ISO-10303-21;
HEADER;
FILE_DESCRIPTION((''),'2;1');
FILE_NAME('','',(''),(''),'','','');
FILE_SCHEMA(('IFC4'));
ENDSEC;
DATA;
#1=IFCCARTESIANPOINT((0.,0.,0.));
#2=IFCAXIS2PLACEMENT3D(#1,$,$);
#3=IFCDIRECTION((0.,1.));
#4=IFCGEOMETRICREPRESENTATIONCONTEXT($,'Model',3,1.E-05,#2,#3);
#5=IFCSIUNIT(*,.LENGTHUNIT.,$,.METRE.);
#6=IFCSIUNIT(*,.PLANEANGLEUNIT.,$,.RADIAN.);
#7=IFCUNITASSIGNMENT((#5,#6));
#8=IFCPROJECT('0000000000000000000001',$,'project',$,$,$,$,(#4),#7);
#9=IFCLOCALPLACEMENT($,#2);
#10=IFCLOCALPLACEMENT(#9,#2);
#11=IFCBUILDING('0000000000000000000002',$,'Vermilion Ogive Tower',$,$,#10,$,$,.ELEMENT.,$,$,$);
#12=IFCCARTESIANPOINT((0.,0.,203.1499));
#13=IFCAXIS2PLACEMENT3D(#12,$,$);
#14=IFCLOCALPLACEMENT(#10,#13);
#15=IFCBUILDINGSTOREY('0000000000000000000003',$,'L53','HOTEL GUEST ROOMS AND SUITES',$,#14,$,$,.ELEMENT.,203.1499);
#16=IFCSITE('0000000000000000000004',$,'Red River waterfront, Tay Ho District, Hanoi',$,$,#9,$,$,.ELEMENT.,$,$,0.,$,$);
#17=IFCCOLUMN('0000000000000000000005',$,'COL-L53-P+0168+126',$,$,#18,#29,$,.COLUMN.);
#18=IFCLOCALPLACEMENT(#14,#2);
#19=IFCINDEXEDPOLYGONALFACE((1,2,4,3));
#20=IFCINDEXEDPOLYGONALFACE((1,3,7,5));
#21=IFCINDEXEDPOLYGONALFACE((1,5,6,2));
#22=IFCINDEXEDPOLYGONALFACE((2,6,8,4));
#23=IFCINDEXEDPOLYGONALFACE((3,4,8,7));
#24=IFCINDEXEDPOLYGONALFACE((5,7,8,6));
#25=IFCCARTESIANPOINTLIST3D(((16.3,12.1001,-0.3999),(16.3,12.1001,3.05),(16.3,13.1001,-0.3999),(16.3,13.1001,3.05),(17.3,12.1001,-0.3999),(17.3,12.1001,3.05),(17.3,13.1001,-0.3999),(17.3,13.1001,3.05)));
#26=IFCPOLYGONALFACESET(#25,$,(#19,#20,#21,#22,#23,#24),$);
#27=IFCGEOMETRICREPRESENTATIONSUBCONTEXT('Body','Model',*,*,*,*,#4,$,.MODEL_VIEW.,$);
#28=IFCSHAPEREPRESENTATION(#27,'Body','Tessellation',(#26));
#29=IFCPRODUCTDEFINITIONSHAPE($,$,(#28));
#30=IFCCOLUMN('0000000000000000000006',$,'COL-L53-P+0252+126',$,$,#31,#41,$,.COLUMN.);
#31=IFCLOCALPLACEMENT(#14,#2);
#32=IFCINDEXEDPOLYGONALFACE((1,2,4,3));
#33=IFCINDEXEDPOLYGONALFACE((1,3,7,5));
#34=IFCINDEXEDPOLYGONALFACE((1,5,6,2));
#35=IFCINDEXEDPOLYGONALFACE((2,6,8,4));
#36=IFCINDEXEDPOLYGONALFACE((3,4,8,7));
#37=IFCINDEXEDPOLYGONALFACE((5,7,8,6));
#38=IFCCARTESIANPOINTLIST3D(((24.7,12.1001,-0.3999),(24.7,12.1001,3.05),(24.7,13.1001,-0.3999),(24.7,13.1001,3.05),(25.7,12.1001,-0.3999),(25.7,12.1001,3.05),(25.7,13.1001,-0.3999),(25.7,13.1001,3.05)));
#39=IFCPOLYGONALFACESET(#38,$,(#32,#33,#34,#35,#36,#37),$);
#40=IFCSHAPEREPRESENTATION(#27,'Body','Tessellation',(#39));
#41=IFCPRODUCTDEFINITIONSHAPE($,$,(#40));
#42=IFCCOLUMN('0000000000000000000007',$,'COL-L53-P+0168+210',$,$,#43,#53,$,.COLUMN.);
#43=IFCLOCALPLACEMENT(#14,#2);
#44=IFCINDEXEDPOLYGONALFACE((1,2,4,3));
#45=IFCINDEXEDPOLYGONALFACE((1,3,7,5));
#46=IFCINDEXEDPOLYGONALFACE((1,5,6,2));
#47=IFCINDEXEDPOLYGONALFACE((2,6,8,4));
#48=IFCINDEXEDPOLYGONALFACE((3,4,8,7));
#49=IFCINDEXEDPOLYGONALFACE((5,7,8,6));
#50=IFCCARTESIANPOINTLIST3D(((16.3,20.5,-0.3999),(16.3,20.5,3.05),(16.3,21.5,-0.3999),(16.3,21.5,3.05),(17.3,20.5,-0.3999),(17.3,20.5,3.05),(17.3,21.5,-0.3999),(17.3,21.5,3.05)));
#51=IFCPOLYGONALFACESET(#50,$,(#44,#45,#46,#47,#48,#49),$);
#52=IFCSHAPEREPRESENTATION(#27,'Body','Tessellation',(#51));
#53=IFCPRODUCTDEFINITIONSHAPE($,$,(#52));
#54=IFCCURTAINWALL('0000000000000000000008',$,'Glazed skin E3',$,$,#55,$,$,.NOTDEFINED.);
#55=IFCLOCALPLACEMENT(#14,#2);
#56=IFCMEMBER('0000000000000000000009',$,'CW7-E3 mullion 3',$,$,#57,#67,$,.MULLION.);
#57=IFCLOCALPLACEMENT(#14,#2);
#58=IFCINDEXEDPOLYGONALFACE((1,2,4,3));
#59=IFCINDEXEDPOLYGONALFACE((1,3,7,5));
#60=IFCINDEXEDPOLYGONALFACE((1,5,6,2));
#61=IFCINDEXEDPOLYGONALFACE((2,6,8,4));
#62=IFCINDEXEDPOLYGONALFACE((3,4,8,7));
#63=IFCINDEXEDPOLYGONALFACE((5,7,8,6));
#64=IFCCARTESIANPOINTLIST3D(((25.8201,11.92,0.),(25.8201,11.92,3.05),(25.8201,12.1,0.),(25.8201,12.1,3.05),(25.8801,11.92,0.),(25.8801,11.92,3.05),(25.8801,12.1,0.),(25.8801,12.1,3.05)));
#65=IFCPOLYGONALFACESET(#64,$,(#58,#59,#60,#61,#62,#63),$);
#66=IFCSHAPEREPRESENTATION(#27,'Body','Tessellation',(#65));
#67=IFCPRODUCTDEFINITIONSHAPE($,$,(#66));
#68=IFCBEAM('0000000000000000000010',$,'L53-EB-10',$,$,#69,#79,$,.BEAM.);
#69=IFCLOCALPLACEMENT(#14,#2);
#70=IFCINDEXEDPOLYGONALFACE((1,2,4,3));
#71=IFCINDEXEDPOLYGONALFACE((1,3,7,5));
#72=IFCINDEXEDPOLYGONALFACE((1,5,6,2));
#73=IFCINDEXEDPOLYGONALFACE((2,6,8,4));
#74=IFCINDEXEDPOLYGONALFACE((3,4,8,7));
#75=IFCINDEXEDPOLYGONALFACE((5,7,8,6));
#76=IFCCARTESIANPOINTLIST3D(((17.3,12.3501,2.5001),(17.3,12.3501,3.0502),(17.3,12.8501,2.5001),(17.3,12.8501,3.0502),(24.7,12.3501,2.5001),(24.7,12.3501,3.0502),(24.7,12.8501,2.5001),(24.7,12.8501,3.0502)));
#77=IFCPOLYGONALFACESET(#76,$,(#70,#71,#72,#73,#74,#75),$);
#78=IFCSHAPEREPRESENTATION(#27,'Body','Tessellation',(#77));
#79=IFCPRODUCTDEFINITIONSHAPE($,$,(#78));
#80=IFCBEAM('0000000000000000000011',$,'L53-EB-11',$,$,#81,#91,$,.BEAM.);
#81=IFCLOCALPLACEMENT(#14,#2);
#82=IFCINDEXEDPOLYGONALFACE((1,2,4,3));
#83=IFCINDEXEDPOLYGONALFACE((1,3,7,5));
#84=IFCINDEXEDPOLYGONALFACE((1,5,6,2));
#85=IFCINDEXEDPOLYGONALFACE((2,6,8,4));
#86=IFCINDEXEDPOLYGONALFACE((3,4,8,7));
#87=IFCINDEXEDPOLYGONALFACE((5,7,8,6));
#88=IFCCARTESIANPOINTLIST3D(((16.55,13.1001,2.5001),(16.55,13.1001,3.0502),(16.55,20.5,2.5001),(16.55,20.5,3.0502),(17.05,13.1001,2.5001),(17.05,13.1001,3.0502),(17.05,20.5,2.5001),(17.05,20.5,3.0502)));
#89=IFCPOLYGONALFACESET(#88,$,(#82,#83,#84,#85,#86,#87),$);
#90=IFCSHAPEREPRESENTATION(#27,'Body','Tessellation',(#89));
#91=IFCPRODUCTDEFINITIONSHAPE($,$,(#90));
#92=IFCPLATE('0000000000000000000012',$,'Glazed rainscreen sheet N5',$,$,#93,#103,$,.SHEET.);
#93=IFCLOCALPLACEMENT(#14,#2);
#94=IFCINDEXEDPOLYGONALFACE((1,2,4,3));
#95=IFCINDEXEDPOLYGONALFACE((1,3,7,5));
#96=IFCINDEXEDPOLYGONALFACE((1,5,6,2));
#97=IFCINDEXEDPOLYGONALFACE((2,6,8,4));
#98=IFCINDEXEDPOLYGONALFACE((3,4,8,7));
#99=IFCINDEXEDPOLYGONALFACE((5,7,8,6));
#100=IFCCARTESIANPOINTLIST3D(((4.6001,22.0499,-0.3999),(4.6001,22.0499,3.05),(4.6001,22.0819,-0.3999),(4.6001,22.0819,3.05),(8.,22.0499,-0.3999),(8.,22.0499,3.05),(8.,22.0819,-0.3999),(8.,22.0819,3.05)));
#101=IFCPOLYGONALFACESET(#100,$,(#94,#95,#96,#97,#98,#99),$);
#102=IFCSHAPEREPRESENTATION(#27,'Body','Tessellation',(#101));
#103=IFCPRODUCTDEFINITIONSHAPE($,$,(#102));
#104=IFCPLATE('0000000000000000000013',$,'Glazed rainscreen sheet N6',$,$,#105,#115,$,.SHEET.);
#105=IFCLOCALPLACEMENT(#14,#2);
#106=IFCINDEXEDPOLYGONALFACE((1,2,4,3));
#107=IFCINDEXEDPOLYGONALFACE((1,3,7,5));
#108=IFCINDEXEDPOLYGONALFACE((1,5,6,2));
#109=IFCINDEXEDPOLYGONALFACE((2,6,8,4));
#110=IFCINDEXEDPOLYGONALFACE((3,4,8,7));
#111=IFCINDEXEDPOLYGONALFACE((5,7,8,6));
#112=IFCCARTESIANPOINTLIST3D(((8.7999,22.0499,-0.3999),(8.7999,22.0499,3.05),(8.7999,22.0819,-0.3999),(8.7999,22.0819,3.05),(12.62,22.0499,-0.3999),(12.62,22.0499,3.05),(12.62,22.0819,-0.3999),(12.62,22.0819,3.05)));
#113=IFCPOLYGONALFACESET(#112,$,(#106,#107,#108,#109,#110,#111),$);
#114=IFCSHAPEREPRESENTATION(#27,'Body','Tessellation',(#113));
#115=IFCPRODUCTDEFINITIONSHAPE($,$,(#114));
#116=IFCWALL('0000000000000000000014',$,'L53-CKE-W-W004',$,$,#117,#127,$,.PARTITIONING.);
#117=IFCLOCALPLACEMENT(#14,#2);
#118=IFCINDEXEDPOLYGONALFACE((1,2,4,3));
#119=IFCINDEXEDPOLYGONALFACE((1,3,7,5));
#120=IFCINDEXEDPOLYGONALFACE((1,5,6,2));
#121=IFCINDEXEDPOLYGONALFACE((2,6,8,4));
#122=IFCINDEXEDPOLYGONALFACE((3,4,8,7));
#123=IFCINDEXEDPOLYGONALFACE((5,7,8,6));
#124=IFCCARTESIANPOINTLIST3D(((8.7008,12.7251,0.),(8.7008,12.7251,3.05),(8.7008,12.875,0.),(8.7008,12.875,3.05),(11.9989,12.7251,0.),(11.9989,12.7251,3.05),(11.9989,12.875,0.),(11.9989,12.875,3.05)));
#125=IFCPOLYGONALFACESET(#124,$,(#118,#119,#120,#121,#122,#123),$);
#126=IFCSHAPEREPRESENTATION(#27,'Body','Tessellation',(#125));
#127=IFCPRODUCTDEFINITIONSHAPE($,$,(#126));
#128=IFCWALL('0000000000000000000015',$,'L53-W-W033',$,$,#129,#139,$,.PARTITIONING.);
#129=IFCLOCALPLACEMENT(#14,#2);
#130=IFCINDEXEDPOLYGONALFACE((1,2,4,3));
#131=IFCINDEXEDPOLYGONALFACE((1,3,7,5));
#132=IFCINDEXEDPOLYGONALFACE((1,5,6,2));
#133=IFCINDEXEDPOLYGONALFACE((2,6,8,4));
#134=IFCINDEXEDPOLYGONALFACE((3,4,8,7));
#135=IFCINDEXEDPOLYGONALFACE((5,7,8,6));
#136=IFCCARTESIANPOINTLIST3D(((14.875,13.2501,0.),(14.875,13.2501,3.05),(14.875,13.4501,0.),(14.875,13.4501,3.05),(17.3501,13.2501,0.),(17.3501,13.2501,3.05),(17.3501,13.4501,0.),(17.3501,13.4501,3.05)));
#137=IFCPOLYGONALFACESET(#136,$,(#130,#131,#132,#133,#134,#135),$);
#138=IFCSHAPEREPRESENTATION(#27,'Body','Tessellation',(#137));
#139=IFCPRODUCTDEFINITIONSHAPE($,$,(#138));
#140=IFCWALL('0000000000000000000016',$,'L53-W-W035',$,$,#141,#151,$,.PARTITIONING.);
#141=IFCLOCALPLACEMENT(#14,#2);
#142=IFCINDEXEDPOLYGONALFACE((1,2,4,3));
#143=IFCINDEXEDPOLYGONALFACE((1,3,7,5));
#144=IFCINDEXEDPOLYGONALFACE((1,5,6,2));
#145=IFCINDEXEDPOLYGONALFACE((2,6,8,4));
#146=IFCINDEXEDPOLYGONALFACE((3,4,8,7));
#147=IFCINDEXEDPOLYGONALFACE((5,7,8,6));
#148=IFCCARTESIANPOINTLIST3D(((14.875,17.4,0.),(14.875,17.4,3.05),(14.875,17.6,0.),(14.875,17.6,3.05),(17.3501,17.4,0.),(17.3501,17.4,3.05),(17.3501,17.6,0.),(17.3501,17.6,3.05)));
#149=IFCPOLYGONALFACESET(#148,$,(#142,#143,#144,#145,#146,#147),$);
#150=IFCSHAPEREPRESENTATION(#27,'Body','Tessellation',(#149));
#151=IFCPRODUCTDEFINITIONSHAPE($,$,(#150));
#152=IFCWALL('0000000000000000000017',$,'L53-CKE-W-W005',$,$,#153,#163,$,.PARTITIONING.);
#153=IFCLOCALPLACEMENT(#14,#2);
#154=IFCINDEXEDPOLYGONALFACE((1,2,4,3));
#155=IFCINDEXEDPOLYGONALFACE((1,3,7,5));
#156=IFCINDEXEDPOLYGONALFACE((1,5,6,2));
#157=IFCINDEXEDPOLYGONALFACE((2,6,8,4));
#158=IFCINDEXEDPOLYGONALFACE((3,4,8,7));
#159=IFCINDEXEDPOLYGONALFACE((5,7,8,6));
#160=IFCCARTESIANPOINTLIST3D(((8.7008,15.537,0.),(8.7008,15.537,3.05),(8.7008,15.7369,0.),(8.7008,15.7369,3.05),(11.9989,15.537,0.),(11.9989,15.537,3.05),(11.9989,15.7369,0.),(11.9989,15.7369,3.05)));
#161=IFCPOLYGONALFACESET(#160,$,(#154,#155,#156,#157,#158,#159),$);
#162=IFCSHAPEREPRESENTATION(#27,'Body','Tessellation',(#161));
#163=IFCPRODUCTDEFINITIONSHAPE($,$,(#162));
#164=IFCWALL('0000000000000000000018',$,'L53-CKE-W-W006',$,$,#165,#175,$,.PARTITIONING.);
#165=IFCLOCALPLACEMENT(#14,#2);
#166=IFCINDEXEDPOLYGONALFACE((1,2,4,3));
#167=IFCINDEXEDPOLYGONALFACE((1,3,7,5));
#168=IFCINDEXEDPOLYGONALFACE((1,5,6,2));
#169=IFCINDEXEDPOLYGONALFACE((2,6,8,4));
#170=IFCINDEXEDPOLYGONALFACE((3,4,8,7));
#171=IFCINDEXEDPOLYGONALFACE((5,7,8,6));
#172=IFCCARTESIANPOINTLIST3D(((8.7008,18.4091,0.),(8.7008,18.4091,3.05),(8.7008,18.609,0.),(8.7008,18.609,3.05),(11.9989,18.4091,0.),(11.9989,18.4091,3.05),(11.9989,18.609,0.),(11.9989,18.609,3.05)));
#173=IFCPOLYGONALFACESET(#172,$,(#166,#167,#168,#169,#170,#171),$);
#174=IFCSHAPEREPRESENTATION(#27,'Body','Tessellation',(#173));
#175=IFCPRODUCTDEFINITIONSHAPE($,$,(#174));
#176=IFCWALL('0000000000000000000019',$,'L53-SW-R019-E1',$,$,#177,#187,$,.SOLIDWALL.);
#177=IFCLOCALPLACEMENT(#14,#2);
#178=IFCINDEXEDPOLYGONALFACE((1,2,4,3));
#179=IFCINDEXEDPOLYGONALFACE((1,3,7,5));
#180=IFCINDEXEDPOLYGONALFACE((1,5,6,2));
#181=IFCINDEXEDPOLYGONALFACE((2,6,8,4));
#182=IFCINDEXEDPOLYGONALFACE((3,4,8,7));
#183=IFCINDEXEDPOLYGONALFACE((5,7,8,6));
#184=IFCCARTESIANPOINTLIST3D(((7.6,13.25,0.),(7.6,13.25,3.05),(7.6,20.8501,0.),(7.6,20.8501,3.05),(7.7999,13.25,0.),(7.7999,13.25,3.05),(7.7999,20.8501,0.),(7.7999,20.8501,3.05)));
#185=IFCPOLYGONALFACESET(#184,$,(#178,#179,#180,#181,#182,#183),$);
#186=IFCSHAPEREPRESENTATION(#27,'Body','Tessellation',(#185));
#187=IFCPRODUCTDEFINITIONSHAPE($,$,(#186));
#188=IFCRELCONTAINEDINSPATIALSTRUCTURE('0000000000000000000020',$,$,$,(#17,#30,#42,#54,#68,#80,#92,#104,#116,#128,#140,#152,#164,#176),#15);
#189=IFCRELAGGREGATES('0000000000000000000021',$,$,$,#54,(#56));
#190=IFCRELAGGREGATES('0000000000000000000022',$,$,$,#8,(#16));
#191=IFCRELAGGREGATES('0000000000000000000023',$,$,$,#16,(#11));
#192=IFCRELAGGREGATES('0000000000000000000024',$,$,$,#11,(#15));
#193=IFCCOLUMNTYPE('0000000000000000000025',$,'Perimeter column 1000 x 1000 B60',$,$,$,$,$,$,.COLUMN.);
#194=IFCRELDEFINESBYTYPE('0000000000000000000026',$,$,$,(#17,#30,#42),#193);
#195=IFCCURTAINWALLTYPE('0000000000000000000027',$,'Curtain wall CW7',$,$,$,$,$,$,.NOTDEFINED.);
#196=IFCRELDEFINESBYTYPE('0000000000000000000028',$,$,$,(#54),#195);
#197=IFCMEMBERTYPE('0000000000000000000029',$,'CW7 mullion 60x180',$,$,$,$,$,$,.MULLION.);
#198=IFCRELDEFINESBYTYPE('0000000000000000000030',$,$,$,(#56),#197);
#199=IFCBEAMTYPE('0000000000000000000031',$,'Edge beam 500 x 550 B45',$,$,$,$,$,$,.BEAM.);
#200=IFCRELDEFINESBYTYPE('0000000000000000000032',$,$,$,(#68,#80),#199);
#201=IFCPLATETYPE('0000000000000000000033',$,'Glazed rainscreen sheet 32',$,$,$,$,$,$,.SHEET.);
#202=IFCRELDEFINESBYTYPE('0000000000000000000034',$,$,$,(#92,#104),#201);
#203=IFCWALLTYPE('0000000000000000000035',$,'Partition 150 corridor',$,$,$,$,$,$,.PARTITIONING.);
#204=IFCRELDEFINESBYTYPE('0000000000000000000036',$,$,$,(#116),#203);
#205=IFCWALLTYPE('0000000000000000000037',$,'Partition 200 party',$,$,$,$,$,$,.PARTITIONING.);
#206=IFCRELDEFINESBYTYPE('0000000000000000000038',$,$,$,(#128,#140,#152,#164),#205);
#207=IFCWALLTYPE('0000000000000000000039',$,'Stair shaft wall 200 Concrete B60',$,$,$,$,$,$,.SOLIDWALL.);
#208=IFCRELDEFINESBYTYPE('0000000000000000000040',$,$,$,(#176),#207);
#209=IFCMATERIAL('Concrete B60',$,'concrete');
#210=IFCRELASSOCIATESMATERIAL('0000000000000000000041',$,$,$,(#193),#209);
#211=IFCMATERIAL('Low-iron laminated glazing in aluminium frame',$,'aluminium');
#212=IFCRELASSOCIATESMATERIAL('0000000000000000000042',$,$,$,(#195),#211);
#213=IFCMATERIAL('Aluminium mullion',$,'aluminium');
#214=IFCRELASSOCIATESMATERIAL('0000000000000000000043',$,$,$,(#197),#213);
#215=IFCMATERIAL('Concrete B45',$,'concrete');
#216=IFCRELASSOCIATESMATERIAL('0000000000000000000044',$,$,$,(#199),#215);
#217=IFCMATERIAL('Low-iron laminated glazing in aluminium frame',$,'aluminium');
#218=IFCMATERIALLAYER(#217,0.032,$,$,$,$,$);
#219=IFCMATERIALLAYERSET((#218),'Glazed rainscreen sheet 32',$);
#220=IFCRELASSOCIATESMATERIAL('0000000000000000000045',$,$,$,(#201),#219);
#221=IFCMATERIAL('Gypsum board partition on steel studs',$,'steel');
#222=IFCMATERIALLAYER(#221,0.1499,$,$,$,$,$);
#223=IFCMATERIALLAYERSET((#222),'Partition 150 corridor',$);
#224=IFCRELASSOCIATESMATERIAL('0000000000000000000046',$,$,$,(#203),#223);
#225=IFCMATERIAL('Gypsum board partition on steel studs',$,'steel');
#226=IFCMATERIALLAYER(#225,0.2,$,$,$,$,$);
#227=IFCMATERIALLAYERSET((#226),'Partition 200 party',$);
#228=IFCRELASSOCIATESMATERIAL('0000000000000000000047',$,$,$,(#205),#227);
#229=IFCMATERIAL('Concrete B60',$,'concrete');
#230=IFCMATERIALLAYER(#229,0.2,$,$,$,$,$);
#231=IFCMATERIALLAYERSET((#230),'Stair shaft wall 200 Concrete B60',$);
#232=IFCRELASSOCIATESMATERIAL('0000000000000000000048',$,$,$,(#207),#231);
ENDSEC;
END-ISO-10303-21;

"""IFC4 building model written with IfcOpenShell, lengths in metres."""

from ifc_helpers import new_model, si_unit, direction, frame, frame_2d, origin, origin_2d, place, context, subcontext, project, spatial, rectangle, extrude, material, layer, layer_set, material_profile, profile_set, type_object, element, aggregate, save


model = new_model("IFC4")

# Units and contexts
model_context = context("Model", 3, precision=1e-05, world=origin(), true_north=direction((0.0, 1.0)))
body_context = subcontext(model_context, "Body", "Model", "MODEL_VIEW")
ifc_project = project(units=[si_unit("LENGTHUNIT", "METRE"), si_unit("PLANEANGLEUNIT", "RADIAN")], contexts=[model_context])

# Site, building, storey
site_placement = place(None, origin())
site = spatial("IfcSite", under=ifc_project, at=site_placement, Name="Red River waterfront, Tay Ho District, Hanoi", CompositionType="ELEMENT", RefElevation=0.0)
building_placement = place(site_placement, origin())
building = spatial("IfcBuilding", under=site, at=building_placement, Name="Vermilion Ogive Tower", CompositionType="ELEMENT")
storey_placement = place(building_placement, frame((0.0, 0.0, 203.1499)))
storey = spatial("IfcBuildingStorey", under=building, at=storey_placement, Name="L53", Description="HOTEL GUEST ROOMS AND SUITES", CompositionType="ELEMENT", Elevation=203.1499)

# Columns
ifc_material_1 = material(Name="Concrete B60", Category="concrete")
ifc_material_profile_1 = material_profile(ifc_material_1, rectangle(XDim=1.0, YDim=1.0, at=origin_2d()), Name="1000 x 1000")
ifc_profile_set_1 = profile_set([ifc_material_profile_1], Name="Concrete B60")
column_type = type_object("IfcColumnType", Name="Perimeter column 1000 x 1000 B60", PredefinedType="COLUMN", material=ifc_profile_set_1)
for number, where, z_axis, x_axis, name in (
    (1, (16.8, 12.6001, -0.3999), (0.0, 0.0, 1.0), (1.0, 0.0, 0.0), "COL-L53-P+0168+126"),
    (2, (25.2, 12.6001, -0.3999), (0.0, 0.0, 1.0), (1.0, 0.0, 0.0), "COL-L53-P+0252+126"),
    (3, (16.8, 21.0, -0.3999), (0.0, 0.0, 1.0), (1.0, 0.0, 0.0), "COL-L53-P+0168+210"),
):
    element("IfcColumn", number, at=place(storey_placement, frame(where, z_axis=z_axis, x_axis=x_axis)), inside=storey, type_object=column_type, Name=name, PredefinedType="COLUMN", context=body_context, shape_type="SweptSolid", body=[
        extrude(rectangle(XDim=1.0, YDim=1.0, at=origin_2d()), origin(), (0.0, 0.0, 1.0), 3.45),
    ])

# Curtain wall, member
ifc_material_2 = material(Name="Low-iron laminated glazing in aluminium frame", Category="aluminium")
curtain_wall_type = type_object("IfcCurtainWallType", Name="Curtain wall CW7", PredefinedType="NOTDEFINED", material=ifc_material_2)
curtain_wall_placement = place(storey_placement, origin())
curtain_wall = element("IfcCurtainWall", 4, at=curtain_wall_placement, inside=storey, type_object=curtain_wall_type, Name="Glazed skin E3", PredefinedType="NOTDEFINED")
ifc_material_3 = material(Name="Aluminium mullion", Category="aluminium")
ifc_material_profile_2 = material_profile(ifc_material_3, rectangle(XDim=0.0601, YDim=0.1799, at=origin_2d()), Name="AL 60x180")
ifc_profile_set_2 = profile_set([ifc_material_profile_2], Name="Aluminium mullion")
member_type = type_object("IfcMemberType", Name="CW7 mullion 60x180", PredefinedType="MULLION", material=ifc_profile_set_2)
member_placement = place(storey_placement, frame((25.8501, 12.01, 0.0), z_axis=(0.0, 0.0, 1.0), x_axis=(-1.0, 0.0, 0.0)))
member = element("IfcMember", 5, at=member_placement, type_object=member_type, Name="CW7-E3 mullion 3", PredefinedType="MULLION", context=body_context, shape_type="SweptSolid", body=[
    extrude(rectangle(XDim=0.0601, YDim=0.1799, at=origin_2d()), origin(), (0.0, 0.0, 1.0), 3.05),
])
aggregate(curtain_wall, [member])

# Beams
ifc_material_4 = material(Name="Concrete B45", Category="concrete")
ifc_material_profile_3 = material_profile(ifc_material_4, rectangle(XDim=0.5, YDim=0.55, at=origin_2d()), Name="500 x 550")
ifc_profile_set_3 = profile_set([ifc_material_profile_3], Name="Concrete B45")
beam_type = type_object("IfcBeamType", Name="Edge beam 500 x 550 B45", PredefinedType="BEAM", material=ifc_profile_set_3)
for number, where, z_axis, x_axis, name in (
    (6, (24.7, 12.6001, 2.7751), (-1.0, 0.0, 0.0), (0.0, -1.0, 0.0), "L53-EB-10"),
    (7, (16.8, 13.1001, 2.7751), (0.0, 1.0, 0.0), (-1.0, 0.0, 0.0), "L53-EB-11"),
):
    element("IfcBeam", number, at=place(storey_placement, frame(where, z_axis=z_axis, x_axis=x_axis)), inside=storey, type_object=beam_type, Name=name, PredefinedType="BEAM", context=body_context, shape_type="SweptSolid", body=[
        extrude(rectangle(XDim=0.5, YDim=0.55, at=origin_2d()), origin(), (0.0, 0.0, 1.0), 7.3999),
    ])

# Plates
ifc_material_5 = material(Name="Low-iron laminated glazing in aluminium frame", Category="aluminium")
ifc_layer_1 = layer(ifc_material_5, 0.032)
ifc_layer_set_1 = layer_set([ifc_layer_1], Name="Glazed rainscreen sheet 32")
plate_type = type_object("IfcPlateType", Name="Glazed rainscreen sheet 32", PredefinedType="SHEET", material=ifc_layer_set_1)
plate_1_placement = place(storey_placement, frame((6.3, 22.0659, -0.3999), z_axis=(0.0, 0.0, 1.0), x_axis=(1.0, 0.0, 0.0)))
element("IfcPlate", 8, at=plate_1_placement, inside=storey, type_object=plate_type, Name="Glazed rainscreen sheet N5", PredefinedType="SHEET", context=body_context, shape_type="SweptSolid", body=[
    extrude(rectangle(XDim=3.3999, YDim=0.032, at=origin_2d()), origin(), (0.0, 0.0, 1.0), 3.45),
])
plate_2_placement = place(storey_placement, frame((10.71, 22.0659, -0.3999), z_axis=(0.0, 0.0, 1.0), x_axis=(1.0, 0.0, 0.0)))
element("IfcPlate", 9, at=plate_2_placement, inside=storey, type_object=plate_type, Name="Glazed rainscreen sheet N6", PredefinedType="SHEET", context=body_context, shape_type="SweptSolid", body=[
    extrude(rectangle(XDim=3.8201, YDim=0.032, at=origin_2d()), origin(), (0.0, 0.0, 1.0), 3.45),
])

# Walls
ifc_material_6 = material(Name="Gypsum board partition on steel studs", Category="steel")
ifc_layer_2 = layer(ifc_material_6, 0.1499)
ifc_layer_set_2 = layer_set([ifc_layer_2], Name="Partition 150 corridor")
wall_type_1 = type_object("IfcWallType", Name="Partition 150 corridor", PredefinedType="PARTITIONING", material=ifc_layer_set_2)
wall_1_placement = place(storey_placement, frame((8.7009, 12.8, 0.0), z_axis=(0.0, 0.0, 1.0), x_axis=(1.0, 0.0, 0.0)))
element("IfcWall", 10, at=wall_1_placement, inside=storey, type_object=wall_type_1, Name="L53-CKE-W-W004", PredefinedType="PARTITIONING", context=body_context, shape_type="SweptSolid", body=[
    extrude(rectangle(XDim=3.2981, YDim=0.1499, at=frame_2d((1.6489, 0.0))), origin(), (0.0, 0.0, 1.0), 3.05),
])
ifc_material_7 = material(Name="Gypsum board partition on steel studs", Category="steel")
ifc_layer_3 = layer(ifc_material_7, 0.2)
ifc_layer_set_3 = layer_set([ifc_layer_3], Name="Partition 200 party")
wall_type_2 = type_object("IfcWallType", Name="Partition 200 party", PredefinedType="PARTITIONING", material=ifc_layer_set_3)
for number, where, z_axis, x_axis, name in (
    (11, (14.875, 13.3501, 0.0), (0.0, 0.0, 1.0), (1.0, 0.0, 0.0), "L53-W-W033"),
    (12, (14.875, 17.5, 0.0), (0.0, 0.0, 1.0), (1.0, 0.0, 0.0), "L53-W-W035"),
):
    element("IfcWall", number, at=place(storey_placement, frame(where, z_axis=z_axis, x_axis=x_axis)), inside=storey, type_object=wall_type_2, Name=name, PredefinedType="PARTITIONING", context=body_context, shape_type="SweptSolid", body=[
        extrude(rectangle(XDim=2.4751, YDim=0.2, at=frame_2d((1.2375, 0.0))), origin(), (0.0, 0.0, 1.0), 3.05),
    ])
for number, where, z_axis, x_axis, name in (
    (13, (8.7009, 15.637, 0.0), (0.0, 0.0, 1.0), (1.0, 0.0, 0.0), "L53-CKE-W-W005"),
    (14, (8.7009, 18.509, 0.0), (0.0, 0.0, 1.0), (1.0, 0.0, 0.0), "L53-CKE-W-W006"),
):
    element("IfcWall", number, at=place(storey_placement, frame(where, z_axis=z_axis, x_axis=x_axis)), inside=storey, type_object=wall_type_2, Name=name, PredefinedType="PARTITIONING", context=body_context, shape_type="SweptSolid", body=[
        extrude(rectangle(XDim=3.2981, YDim=0.2, at=frame_2d((1.6489, 0.0))), origin(), (0.0, 0.0, 1.0), 3.05),
    ])
ifc_material_8 = material(Name="Concrete B60", Category="concrete")
ifc_layer_4 = layer(ifc_material_8, 0.2)
ifc_layer_set_4 = layer_set([ifc_layer_4], Name="Stair shaft wall 200 Concrete B60")
wall_type_3 = type_object("IfcWallType", Name="Stair shaft wall 200 Concrete B60", PredefinedType="SOLIDWALL", material=ifc_layer_set_4)
wall_2_placement = place(storey_placement, frame((7.7, 13.25, 0.0), z_axis=(0.0, 0.0, 1.0), x_axis=(0.0, 1.0, 0.0)))
element("IfcWall", 15, at=wall_2_placement, inside=storey, type_object=wall_type_3, Name="L53-SW-R019-E1", PredefinedType="SOLIDWALL", context=body_context, shape_type="SweptSolid", body=[
    extrude(rectangle(XDim=7.6001, YDim=0.2, at=frame_2d((3.8, 0.0))), origin(), (0.0, 0.0, 1.0), 3.05),
])

save(model, "model.ifc")
